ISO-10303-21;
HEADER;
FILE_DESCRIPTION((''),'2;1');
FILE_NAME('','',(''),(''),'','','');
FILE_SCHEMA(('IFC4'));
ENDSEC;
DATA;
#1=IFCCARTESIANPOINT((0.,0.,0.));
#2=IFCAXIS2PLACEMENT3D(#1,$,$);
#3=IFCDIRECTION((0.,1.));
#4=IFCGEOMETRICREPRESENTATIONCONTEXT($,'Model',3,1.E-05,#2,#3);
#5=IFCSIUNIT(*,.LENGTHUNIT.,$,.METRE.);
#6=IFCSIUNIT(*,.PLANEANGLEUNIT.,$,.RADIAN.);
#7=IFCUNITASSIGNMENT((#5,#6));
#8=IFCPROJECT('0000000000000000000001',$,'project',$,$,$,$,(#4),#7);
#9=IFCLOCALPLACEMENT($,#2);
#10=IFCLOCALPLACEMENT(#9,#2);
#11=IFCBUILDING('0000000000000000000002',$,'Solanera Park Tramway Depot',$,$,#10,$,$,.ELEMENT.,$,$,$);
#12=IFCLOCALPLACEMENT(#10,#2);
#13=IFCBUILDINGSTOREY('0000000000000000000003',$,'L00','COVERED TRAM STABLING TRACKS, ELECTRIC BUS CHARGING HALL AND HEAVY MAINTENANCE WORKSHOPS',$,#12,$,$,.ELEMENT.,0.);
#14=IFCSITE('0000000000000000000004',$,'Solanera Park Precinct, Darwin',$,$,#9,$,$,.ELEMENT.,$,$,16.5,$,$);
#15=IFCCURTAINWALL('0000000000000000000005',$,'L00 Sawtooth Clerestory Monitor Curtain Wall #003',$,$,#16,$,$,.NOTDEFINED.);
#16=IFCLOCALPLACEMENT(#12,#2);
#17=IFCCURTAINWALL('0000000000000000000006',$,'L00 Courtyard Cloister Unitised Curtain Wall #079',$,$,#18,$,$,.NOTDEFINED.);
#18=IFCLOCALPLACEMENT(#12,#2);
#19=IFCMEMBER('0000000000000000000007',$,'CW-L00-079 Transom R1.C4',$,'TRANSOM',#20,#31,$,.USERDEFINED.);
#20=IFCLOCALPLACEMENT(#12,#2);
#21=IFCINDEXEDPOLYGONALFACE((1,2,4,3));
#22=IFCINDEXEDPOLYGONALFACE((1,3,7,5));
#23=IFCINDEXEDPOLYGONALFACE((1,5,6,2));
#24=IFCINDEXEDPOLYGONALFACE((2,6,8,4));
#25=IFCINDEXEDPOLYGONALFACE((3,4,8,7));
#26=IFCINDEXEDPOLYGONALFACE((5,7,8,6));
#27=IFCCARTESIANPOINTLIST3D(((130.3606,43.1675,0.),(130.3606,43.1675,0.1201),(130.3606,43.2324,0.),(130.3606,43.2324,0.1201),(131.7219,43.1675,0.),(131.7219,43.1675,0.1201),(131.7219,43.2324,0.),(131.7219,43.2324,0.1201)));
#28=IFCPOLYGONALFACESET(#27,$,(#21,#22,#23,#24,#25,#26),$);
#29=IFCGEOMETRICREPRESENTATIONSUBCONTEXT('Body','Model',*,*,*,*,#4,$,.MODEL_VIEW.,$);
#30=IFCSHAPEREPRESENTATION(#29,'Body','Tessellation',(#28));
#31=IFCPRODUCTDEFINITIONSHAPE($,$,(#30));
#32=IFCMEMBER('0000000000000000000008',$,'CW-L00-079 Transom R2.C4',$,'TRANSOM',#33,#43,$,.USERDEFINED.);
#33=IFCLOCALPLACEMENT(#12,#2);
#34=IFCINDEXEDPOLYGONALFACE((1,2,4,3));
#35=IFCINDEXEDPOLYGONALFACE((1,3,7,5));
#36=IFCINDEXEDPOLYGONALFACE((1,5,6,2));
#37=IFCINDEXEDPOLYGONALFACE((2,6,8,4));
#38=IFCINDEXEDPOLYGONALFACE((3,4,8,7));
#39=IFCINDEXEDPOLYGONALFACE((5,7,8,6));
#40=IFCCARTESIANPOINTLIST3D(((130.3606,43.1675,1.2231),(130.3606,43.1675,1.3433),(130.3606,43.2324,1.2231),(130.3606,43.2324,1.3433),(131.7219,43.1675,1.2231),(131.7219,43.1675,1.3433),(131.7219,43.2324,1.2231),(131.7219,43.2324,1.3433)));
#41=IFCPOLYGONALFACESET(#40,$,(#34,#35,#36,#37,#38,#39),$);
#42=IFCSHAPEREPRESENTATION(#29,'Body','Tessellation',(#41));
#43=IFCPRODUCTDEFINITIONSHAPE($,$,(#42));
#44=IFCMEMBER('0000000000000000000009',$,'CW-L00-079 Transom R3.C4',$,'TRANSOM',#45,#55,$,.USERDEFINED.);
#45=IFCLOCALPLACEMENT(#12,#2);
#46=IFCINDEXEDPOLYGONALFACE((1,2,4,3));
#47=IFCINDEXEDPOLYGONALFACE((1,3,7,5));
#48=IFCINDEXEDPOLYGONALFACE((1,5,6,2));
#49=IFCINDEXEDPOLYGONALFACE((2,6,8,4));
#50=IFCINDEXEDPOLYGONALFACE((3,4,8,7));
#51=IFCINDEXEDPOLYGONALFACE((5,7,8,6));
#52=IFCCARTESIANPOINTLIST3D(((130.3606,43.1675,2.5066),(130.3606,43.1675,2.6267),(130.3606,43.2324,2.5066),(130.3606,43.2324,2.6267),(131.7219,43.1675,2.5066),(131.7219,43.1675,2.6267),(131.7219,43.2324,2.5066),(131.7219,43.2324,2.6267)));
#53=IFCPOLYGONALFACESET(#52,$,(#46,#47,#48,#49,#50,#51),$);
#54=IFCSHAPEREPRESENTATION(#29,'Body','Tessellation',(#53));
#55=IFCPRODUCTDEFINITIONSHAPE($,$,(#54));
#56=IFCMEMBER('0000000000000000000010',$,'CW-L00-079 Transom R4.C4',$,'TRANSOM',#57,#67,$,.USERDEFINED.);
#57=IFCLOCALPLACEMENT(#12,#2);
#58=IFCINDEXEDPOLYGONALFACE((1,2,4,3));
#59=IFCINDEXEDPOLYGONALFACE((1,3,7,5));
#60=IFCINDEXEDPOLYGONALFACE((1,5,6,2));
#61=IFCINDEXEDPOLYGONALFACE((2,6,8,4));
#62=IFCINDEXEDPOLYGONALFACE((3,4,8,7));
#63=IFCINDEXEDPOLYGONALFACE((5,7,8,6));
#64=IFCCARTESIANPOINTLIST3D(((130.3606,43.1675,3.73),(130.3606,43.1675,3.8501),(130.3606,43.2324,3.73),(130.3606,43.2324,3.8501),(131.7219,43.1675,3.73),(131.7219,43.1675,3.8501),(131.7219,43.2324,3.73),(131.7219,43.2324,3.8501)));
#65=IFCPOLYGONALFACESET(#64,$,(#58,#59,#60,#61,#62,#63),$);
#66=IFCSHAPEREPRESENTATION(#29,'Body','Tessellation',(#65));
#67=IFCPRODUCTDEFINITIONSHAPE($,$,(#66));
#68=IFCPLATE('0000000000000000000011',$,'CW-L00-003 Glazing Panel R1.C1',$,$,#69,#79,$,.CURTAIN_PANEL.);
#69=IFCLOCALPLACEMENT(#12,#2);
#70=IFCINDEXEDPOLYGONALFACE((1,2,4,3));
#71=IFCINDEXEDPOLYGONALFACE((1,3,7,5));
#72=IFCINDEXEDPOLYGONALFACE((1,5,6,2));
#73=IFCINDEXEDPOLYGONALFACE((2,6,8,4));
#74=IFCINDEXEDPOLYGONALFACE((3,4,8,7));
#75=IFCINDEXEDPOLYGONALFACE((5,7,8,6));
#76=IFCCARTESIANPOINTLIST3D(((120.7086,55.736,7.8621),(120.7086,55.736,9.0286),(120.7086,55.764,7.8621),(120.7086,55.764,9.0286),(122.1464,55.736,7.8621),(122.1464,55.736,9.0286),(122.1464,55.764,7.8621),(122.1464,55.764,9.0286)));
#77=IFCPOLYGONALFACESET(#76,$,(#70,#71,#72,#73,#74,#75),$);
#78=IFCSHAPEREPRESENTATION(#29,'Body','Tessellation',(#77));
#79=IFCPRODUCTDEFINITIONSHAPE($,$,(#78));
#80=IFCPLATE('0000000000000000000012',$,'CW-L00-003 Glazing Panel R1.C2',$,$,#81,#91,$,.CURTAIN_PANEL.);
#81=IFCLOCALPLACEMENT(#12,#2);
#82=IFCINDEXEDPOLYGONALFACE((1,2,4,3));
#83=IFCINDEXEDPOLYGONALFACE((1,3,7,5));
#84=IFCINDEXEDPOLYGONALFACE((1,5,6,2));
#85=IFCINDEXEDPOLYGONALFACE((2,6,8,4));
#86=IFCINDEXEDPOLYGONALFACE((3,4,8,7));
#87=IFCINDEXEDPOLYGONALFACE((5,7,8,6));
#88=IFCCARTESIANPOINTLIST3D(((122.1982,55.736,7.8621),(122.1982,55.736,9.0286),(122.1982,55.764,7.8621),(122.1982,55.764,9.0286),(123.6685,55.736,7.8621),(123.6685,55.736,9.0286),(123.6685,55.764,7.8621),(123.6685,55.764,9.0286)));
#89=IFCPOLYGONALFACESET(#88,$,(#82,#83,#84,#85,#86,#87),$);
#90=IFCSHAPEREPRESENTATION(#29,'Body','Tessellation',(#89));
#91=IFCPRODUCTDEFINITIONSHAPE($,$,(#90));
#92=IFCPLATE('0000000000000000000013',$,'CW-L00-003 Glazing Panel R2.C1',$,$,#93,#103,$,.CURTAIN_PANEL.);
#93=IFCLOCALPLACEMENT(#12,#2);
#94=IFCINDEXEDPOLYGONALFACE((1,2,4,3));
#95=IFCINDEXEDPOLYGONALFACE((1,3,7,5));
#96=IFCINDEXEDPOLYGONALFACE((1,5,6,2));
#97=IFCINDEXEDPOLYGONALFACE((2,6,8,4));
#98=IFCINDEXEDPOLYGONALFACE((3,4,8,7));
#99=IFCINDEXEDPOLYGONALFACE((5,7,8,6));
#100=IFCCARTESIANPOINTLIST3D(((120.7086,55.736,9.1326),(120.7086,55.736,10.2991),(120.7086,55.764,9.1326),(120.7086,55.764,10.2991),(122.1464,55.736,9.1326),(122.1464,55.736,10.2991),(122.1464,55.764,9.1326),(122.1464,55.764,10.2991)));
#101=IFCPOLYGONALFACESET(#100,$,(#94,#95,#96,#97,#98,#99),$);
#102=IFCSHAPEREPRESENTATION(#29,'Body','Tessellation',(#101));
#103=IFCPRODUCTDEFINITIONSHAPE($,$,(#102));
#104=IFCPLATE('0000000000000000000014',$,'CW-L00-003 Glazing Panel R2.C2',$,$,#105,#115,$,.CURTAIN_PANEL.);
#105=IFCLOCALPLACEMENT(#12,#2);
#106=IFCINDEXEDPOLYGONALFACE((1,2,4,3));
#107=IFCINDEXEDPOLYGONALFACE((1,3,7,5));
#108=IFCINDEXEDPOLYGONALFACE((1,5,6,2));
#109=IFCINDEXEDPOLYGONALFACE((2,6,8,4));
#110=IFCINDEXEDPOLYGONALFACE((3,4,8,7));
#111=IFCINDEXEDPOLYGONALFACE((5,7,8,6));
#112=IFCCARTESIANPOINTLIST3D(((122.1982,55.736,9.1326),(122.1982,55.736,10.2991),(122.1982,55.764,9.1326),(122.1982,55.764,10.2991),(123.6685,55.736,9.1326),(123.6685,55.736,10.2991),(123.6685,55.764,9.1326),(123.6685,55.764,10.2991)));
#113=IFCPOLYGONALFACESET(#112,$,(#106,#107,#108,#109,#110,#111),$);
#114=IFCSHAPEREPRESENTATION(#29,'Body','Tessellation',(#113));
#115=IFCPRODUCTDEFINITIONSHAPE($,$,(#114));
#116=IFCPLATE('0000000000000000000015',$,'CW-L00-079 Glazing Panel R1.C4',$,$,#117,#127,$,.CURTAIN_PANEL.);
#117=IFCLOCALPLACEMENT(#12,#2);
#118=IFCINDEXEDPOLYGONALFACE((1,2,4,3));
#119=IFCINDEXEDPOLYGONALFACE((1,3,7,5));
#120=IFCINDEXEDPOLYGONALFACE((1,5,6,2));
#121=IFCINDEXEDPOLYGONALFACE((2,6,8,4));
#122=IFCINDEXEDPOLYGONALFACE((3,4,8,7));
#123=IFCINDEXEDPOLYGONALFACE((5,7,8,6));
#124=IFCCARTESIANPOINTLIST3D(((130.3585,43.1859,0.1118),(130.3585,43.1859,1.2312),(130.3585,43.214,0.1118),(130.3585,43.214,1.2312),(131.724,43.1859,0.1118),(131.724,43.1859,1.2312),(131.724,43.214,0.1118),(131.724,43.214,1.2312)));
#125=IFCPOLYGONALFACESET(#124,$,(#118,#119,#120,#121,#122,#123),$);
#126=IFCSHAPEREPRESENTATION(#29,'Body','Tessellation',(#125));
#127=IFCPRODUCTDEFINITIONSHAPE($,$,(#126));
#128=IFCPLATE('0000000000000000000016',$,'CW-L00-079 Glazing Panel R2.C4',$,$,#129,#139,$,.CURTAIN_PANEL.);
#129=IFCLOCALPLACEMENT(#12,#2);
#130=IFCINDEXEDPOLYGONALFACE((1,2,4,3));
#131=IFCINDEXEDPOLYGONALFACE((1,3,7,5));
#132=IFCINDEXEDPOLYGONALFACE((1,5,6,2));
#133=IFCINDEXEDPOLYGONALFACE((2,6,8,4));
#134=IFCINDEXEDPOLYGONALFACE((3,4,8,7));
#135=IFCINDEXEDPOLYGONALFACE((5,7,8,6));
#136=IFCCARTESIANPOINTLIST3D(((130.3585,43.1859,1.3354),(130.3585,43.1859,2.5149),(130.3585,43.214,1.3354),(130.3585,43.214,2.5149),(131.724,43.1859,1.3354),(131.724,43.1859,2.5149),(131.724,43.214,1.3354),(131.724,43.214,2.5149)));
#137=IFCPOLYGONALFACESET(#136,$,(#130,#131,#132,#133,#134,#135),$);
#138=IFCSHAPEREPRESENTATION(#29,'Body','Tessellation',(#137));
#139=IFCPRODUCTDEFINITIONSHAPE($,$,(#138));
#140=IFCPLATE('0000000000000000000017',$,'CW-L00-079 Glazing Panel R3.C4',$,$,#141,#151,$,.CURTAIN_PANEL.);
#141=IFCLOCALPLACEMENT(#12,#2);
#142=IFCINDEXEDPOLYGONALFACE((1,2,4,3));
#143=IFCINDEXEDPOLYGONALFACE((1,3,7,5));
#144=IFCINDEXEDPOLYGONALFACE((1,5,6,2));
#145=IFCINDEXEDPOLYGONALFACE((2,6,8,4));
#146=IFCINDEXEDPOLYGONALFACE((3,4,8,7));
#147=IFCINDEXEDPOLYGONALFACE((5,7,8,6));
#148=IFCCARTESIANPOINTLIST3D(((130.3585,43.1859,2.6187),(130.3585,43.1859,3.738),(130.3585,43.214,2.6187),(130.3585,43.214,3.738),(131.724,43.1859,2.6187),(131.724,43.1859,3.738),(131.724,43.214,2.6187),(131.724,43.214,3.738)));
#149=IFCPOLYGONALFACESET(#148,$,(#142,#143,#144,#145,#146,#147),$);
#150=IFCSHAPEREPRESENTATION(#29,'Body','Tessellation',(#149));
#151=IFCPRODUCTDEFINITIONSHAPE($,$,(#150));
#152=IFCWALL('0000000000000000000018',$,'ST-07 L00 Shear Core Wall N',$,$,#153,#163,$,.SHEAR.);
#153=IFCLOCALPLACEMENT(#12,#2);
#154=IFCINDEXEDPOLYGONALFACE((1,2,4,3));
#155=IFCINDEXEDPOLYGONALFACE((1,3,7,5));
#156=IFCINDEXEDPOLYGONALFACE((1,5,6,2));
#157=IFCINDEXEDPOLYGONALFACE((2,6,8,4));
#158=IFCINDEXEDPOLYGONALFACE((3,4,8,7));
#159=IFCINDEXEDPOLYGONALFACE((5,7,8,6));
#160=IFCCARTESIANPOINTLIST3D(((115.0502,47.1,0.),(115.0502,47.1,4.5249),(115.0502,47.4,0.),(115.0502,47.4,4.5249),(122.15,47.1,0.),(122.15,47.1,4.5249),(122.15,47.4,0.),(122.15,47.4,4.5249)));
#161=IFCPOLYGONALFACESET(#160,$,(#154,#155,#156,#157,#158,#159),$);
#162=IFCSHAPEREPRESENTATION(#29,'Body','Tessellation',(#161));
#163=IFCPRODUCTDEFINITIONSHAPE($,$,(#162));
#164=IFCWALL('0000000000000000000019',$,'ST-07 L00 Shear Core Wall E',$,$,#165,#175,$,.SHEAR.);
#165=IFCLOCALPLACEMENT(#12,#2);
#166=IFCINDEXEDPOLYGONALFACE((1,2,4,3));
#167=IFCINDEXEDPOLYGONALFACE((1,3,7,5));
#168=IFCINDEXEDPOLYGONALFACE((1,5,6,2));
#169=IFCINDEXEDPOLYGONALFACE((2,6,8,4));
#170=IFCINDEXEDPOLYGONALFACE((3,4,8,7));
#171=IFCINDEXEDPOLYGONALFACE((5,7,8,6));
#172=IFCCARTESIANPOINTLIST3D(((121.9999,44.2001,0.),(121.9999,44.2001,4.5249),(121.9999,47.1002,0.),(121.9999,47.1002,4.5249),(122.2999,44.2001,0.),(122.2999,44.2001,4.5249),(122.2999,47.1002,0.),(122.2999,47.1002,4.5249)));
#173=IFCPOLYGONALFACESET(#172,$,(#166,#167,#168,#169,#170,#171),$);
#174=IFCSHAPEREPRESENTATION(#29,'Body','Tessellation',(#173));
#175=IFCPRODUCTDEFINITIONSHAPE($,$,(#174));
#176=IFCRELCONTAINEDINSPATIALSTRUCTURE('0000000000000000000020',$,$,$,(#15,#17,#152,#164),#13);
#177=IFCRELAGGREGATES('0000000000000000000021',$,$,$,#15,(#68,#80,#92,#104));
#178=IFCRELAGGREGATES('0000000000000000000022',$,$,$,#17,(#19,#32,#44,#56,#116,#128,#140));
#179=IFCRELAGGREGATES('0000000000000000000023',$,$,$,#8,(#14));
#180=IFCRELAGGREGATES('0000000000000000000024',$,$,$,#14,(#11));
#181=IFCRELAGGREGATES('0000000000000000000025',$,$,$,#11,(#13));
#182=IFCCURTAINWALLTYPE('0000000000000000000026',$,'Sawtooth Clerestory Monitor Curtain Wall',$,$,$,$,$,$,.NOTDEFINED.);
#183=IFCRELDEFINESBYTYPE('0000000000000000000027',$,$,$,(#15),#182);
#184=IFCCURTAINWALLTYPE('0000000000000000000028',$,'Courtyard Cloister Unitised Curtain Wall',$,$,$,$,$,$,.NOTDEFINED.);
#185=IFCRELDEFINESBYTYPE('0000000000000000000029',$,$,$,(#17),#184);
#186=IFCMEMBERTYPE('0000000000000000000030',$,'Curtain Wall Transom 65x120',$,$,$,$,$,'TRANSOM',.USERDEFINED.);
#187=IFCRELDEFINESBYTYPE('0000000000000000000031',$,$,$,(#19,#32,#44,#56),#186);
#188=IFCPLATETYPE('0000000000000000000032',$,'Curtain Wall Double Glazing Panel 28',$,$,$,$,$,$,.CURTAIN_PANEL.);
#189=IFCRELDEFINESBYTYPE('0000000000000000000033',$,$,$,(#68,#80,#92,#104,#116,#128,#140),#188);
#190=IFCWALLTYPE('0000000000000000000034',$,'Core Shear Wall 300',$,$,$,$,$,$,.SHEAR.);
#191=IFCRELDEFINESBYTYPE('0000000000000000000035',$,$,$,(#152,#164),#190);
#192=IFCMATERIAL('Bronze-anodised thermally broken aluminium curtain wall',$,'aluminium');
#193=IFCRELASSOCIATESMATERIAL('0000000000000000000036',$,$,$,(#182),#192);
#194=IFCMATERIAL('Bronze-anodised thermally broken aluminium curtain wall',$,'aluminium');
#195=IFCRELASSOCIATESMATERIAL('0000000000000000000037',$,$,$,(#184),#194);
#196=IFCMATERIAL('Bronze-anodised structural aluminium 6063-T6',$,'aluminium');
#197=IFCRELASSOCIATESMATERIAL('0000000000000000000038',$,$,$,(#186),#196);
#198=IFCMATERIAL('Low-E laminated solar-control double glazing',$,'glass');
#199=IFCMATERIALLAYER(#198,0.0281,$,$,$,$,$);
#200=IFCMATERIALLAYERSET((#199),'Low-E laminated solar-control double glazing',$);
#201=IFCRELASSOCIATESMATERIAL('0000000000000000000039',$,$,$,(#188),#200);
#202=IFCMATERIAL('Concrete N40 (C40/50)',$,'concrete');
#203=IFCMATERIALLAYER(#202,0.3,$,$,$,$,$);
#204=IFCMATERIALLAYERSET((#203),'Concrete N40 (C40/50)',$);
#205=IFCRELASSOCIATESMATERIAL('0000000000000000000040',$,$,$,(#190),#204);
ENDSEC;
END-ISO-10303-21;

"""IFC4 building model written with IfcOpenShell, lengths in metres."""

from ifc_helpers import new_model, si_unit, direction, frame, frame_2d, origin, origin_2d, place, context, subcontext, project, spatial, rectangle, extrude, material, layer, layer_set, material_profile, profile_set, type_object, element, aggregate, save


model = new_model("IFC4")

# Units and contexts
model_context = context("Model", 3, precision=1e-05, world=origin(), true_north=direction((0.0, 1.0)))
body_context = subcontext(model_context, "Body", "Model", "MODEL_VIEW")
ifc_project = project(units=[si_unit("LENGTHUNIT", "METRE"), si_unit("PLANEANGLEUNIT", "RADIAN")], contexts=[model_context])

# Site, building, storey
site_placement = place(None, origin())
site = spatial("IfcSite", under=ifc_project, at=site_placement, Name="Solanera Park Precinct, Darwin", CompositionType="ELEMENT", RefElevation=16.5)
building_placement = place(site_placement, origin())
building = spatial("IfcBuilding", under=site, at=building_placement, Name="Solanera Park Tramway Depot", CompositionType="ELEMENT")
storey_placement = place(building_placement, origin())
storey = spatial("IfcBuildingStorey", under=building, at=storey_placement, Name="L00", Description="COVERED TRAM STABLING TRACKS, ELECTRIC BUS CHARGING HALL AND HEAVY MAINTENANCE WORKSHOPS", CompositionType="ELEMENT", Elevation=0.0)

# Curtain wall
ifc_material_1 = material(Name="Bronze-anodised thermally broken aluminium curtain wall", Category="aluminium")
curtain_wall_type_1 = type_object("IfcCurtainWallType", Name="Sawtooth Clerestory Monitor Curtain Wall", PredefinedType="NOTDEFINED", material=ifc_material_1)
curtain_wall_1_placement = place(storey_placement, origin())
curtain_wall_1 = element("IfcCurtainWall", 1, at=curtain_wall_1_placement, inside=storey, type_object=curtain_wall_type_1, Name="L00 Sawtooth Clerestory Monitor Curtain Wall #003", PredefinedType="NOTDEFINED")

# Curtain wall
ifc_material_2 = material(Name="Bronze-anodised thermally broken aluminium curtain wall", Category="aluminium")
curtain_wall_type_2 = type_object("IfcCurtainWallType", Name="Courtyard Cloister Unitised Curtain Wall", PredefinedType="NOTDEFINED", material=ifc_material_2)
curtain_wall_2_placement = place(storey_placement, origin())
curtain_wall_2 = element("IfcCurtainWall", 2, at=curtain_wall_2_placement, inside=storey, type_object=curtain_wall_type_2, Name="L00 Courtyard Cloister Unitised Curtain Wall #079", PredefinedType="NOTDEFINED")

# Members
ifc_material_3 = material(Name="Bronze-anodised structural aluminium 6063-T6", Category="aluminium")
ifc_material_profile_1 = material_profile(ifc_material_3, rectangle(XDim=0.0649, YDim=0.1201, at=origin_2d()), Name="Curtain Wall Transom 65x120")
ifc_profile_set_1 = profile_set([ifc_material_profile_1], Name="Bronze-anodised structural aluminium 6063-T6")
member_type_1 = type_object("IfcMemberType", Name="Curtain Wall Transom 65x120", ElementType="TRANSOM", PredefinedType="USERDEFINED", material=ifc_profile_set_1)
member_1_placement = place(storey_placement, frame((131.7219, 43.2, 0.0601), z_axis=(-1.0, 0.0, 0.0), x_axis=(0.0, -1.0, 0.0)))
member_1 = element("IfcMember", 3, at=member_1_placement, type_object=member_type_1, Name="CW-L00-079 Transom R1.C4", ObjectType="TRANSOM", PredefinedType="USERDEFINED", context=body_context, shape_type="SweptSolid", body=[
    extrude(rectangle(XDim=0.0649, YDim=0.1201, at=origin_2d()), origin(), (0.0, 0.0, 1.0), 1.3613),
])
member_2_placement = place(storey_placement, frame((131.7219, 43.2, 1.2832), z_axis=(-1.0, 0.0, 0.0), x_axis=(0.0, -1.0, 0.0)))
member_2 = element("IfcMember", 4, at=member_2_placement, type_object=member_type_1, Name="CW-L00-079 Transom R2.C4", ObjectType="TRANSOM", PredefinedType="USERDEFINED", context=body_context, shape_type="SweptSolid", body=[
    extrude(rectangle(XDim=0.0649, YDim=0.1201, at=origin_2d()), origin(), (0.0, 0.0, 1.0), 1.3613),
])
member_3_placement = place(storey_placement, frame((131.7219, 43.2, 2.5667), z_axis=(-1.0, 0.0, 0.0), x_axis=(0.0, -1.0, 0.0)))
member_3 = element("IfcMember", 5, at=member_3_placement, type_object=member_type_1, Name="CW-L00-079 Transom R3.C4", ObjectType="TRANSOM", PredefinedType="USERDEFINED", context=body_context, shape_type="SweptSolid", body=[
    extrude(rectangle(XDim=0.0649, YDim=0.1201, at=origin_2d()), origin(), (0.0, 0.0, 1.0), 1.3613),
])
member_4_placement = place(storey_placement, frame((131.7219, 43.2, 3.79), z_axis=(-1.0, 0.0, 0.0), x_axis=(0.0, -1.0, 0.0)))
member_4 = element("IfcMember", 6, at=member_4_placement, type_object=member_type_1, Name="CW-L00-079 Transom R4.C4", ObjectType="TRANSOM", PredefinedType="USERDEFINED", context=body_context, shape_type="SweptSolid", body=[
    extrude(rectangle(XDim=0.0649, YDim=0.1201, at=origin_2d()), origin(), (0.0, 0.0, 1.0), 1.3613),
])

# Plates
ifc_material_4 = material(Name="Low-E laminated solar-control double glazing", Category="glass")
ifc_layer_1 = layer(ifc_material_4, 0.0281)
ifc_layer_set_1 = layer_set([ifc_layer_1], Name="Low-E laminated solar-control double glazing")
plate_type = type_object("IfcPlateType", Name="Curtain Wall Double Glazing Panel 28", PredefinedType="CURTAIN_PANEL", material=ifc_layer_set_1)
plate_1_placement = place(storey_placement, frame((121.4275, 55.75, 7.8621), z_axis=(0.0, 0.0, 1.0), x_axis=(1.0, 0.0, 0.0)))
plate_1 = element("IfcPlate", 7, at=plate_1_placement, type_object=plate_type, Name="CW-L00-003 Glazing Panel R1.C1", PredefinedType="CURTAIN_PANEL", context=body_context, shape_type="SweptSolid", body=[
    extrude(rectangle(XDim=1.4377, YDim=0.0281, at=origin_2d()), origin(), (0.0, 0.0, 1.0), 1.1665),
])
plate_2_placement = place(storey_placement, frame((122.9333, 55.75, 7.8621), z_axis=(0.0, 0.0, 1.0), x_axis=(1.0, 0.0, 0.0)))
plate_2 = element("IfcPlate", 8, at=plate_2_placement, type_object=plate_type, Name="CW-L00-003 Glazing Panel R1.C2", PredefinedType="CURTAIN_PANEL", context=body_context, shape_type="SweptSolid", body=[
    extrude(rectangle(XDim=1.4702, YDim=0.0281, at=origin_2d()), origin(), (0.0, 0.0, 1.0), 1.1665),
])
plate_3_placement = place(storey_placement, frame((121.4275, 55.75, 9.1326), z_axis=(0.0, 0.0, 1.0), x_axis=(1.0, 0.0, 0.0)))
plate_3 = element("IfcPlate", 9, at=plate_3_placement, type_object=plate_type, Name="CW-L00-003 Glazing Panel R2.C1", PredefinedType="CURTAIN_PANEL", context=body_context, shape_type="SweptSolid", body=[
    extrude(rectangle(XDim=1.4377, YDim=0.0281, at=origin_2d()), origin(), (0.0, 0.0, 1.0), 1.1665),
])
plate_4_placement = place(storey_placement, frame((122.9333, 55.75, 9.1326), z_axis=(0.0, 0.0, 1.0), x_axis=(1.0, 0.0, 0.0)))
plate_4 = element("IfcPlate", 10, at=plate_4_placement, type_object=plate_type, Name="CW-L00-003 Glazing Panel R2.C2", PredefinedType="CURTAIN_PANEL", context=body_context, shape_type="SweptSolid", body=[
    extrude(rectangle(XDim=1.4702, YDim=0.0281, at=origin_2d()), origin(), (0.0, 0.0, 1.0), 1.1665),
])
aggregate(curtain_wall_1, [plate_1, plate_2, plate_3, plate_4])
plate_5_placement = place(storey_placement, frame((131.0413, 43.2, 0.1118), z_axis=(0.0, 0.0, 1.0), x_axis=(-1.0, 0.0, 0.0)))
plate_5 = element("IfcPlate", 11, at=plate_5_placement, type_object=plate_type, Name="CW-L00-079 Glazing Panel R1.C4", PredefinedType="CURTAIN_PANEL", context=body_context, shape_type="SweptSolid", body=[
    extrude(rectangle(XDim=1.3655, YDim=0.0281, at=origin_2d()), origin(), (0.0, 0.0, 1.0), 1.1194),
])
plate_6_placement = place(storey_placement, frame((131.0413, 43.2, 1.3354), z_axis=(0.0, 0.0, 1.0), x_axis=(-1.0, 0.0, 0.0)))
plate_6 = element("IfcPlate", 12, at=plate_6_placement, type_object=plate_type, Name="CW-L00-079 Glazing Panel R2.C4", PredefinedType="CURTAIN_PANEL", context=body_context, shape_type="SweptSolid", body=[
    extrude(rectangle(XDim=1.3655, YDim=0.0281, at=origin_2d()), origin(), (0.0, 0.0, 1.0), 1.1794),
])
plate_7_placement = place(storey_placement, frame((131.0413, 43.2, 2.6187), z_axis=(0.0, 0.0, 1.0), x_axis=(-1.0, 0.0, 0.0)))
plate_7 = element("IfcPlate", 13, at=plate_7_placement, type_object=plate_type, Name="CW-L00-079 Glazing Panel R3.C4", PredefinedType="CURTAIN_PANEL", context=body_context, shape_type="SweptSolid", body=[
    extrude(rectangle(XDim=1.3655, YDim=0.0281, at=origin_2d()), origin(), (0.0, 0.0, 1.0), 1.1194),
])
aggregate(curtain_wall_2, [member_1, member_2, member_3, member_4, plate_5, plate_6, plate_7])

# Walls
ifc_material_5 = material(Name="Concrete N40 (C40/50)", Category="concrete")
ifc_layer_2 = layer(ifc_material_5, 0.3)
ifc_layer_set_2 = layer_set([ifc_layer_2], Name="Concrete N40 (C40/50)")
wall_type_1 = type_object("IfcWallType", Name="Core Shear Wall 300", PredefinedType="SHEAR", material=ifc_layer_set_2)
wall_1_placement = place(storey_placement, frame((122.1499, 47.25, 0.0), z_axis=(0.0, 0.0, 1.0), x_axis=(-1.0, 0.0, 0.0)))
element("IfcWall", 14, at=wall_1_placement, inside=storey, type_object=wall_type_1, Name="ST-07 L00 Shear Core Wall N", PredefinedType="SHEAR", context=body_context, shape_type="SweptSolid", body=[
    extrude(rectangle(XDim=7.0999, YDim=0.3, at=frame_2d((3.5498, 0.0))), origin(), (0.0, 0.0, 1.0), 4.5249),
])
wall_2_placement = place(storey_placement, frame((122.1499, 44.2, 0.0), z_axis=(0.0, 0.0, 1.0), x_axis=(0.0, 1.0, 0.0)))
element("IfcWall", 15, at=wall_2_placement, inside=storey, type_object=wall_type_1, Name="ST-07 L00 Shear Core Wall E", PredefinedType="SHEAR", context=body_context, shape_type="SweptSolid", body=[
    extrude(rectangle(XDim=2.9001, YDim=0.3, at=frame_2d((1.4502, 0.0))), origin(), (0.0, 0.0, 1.0), 4.5249),
])

save(model, "model.ifc")
